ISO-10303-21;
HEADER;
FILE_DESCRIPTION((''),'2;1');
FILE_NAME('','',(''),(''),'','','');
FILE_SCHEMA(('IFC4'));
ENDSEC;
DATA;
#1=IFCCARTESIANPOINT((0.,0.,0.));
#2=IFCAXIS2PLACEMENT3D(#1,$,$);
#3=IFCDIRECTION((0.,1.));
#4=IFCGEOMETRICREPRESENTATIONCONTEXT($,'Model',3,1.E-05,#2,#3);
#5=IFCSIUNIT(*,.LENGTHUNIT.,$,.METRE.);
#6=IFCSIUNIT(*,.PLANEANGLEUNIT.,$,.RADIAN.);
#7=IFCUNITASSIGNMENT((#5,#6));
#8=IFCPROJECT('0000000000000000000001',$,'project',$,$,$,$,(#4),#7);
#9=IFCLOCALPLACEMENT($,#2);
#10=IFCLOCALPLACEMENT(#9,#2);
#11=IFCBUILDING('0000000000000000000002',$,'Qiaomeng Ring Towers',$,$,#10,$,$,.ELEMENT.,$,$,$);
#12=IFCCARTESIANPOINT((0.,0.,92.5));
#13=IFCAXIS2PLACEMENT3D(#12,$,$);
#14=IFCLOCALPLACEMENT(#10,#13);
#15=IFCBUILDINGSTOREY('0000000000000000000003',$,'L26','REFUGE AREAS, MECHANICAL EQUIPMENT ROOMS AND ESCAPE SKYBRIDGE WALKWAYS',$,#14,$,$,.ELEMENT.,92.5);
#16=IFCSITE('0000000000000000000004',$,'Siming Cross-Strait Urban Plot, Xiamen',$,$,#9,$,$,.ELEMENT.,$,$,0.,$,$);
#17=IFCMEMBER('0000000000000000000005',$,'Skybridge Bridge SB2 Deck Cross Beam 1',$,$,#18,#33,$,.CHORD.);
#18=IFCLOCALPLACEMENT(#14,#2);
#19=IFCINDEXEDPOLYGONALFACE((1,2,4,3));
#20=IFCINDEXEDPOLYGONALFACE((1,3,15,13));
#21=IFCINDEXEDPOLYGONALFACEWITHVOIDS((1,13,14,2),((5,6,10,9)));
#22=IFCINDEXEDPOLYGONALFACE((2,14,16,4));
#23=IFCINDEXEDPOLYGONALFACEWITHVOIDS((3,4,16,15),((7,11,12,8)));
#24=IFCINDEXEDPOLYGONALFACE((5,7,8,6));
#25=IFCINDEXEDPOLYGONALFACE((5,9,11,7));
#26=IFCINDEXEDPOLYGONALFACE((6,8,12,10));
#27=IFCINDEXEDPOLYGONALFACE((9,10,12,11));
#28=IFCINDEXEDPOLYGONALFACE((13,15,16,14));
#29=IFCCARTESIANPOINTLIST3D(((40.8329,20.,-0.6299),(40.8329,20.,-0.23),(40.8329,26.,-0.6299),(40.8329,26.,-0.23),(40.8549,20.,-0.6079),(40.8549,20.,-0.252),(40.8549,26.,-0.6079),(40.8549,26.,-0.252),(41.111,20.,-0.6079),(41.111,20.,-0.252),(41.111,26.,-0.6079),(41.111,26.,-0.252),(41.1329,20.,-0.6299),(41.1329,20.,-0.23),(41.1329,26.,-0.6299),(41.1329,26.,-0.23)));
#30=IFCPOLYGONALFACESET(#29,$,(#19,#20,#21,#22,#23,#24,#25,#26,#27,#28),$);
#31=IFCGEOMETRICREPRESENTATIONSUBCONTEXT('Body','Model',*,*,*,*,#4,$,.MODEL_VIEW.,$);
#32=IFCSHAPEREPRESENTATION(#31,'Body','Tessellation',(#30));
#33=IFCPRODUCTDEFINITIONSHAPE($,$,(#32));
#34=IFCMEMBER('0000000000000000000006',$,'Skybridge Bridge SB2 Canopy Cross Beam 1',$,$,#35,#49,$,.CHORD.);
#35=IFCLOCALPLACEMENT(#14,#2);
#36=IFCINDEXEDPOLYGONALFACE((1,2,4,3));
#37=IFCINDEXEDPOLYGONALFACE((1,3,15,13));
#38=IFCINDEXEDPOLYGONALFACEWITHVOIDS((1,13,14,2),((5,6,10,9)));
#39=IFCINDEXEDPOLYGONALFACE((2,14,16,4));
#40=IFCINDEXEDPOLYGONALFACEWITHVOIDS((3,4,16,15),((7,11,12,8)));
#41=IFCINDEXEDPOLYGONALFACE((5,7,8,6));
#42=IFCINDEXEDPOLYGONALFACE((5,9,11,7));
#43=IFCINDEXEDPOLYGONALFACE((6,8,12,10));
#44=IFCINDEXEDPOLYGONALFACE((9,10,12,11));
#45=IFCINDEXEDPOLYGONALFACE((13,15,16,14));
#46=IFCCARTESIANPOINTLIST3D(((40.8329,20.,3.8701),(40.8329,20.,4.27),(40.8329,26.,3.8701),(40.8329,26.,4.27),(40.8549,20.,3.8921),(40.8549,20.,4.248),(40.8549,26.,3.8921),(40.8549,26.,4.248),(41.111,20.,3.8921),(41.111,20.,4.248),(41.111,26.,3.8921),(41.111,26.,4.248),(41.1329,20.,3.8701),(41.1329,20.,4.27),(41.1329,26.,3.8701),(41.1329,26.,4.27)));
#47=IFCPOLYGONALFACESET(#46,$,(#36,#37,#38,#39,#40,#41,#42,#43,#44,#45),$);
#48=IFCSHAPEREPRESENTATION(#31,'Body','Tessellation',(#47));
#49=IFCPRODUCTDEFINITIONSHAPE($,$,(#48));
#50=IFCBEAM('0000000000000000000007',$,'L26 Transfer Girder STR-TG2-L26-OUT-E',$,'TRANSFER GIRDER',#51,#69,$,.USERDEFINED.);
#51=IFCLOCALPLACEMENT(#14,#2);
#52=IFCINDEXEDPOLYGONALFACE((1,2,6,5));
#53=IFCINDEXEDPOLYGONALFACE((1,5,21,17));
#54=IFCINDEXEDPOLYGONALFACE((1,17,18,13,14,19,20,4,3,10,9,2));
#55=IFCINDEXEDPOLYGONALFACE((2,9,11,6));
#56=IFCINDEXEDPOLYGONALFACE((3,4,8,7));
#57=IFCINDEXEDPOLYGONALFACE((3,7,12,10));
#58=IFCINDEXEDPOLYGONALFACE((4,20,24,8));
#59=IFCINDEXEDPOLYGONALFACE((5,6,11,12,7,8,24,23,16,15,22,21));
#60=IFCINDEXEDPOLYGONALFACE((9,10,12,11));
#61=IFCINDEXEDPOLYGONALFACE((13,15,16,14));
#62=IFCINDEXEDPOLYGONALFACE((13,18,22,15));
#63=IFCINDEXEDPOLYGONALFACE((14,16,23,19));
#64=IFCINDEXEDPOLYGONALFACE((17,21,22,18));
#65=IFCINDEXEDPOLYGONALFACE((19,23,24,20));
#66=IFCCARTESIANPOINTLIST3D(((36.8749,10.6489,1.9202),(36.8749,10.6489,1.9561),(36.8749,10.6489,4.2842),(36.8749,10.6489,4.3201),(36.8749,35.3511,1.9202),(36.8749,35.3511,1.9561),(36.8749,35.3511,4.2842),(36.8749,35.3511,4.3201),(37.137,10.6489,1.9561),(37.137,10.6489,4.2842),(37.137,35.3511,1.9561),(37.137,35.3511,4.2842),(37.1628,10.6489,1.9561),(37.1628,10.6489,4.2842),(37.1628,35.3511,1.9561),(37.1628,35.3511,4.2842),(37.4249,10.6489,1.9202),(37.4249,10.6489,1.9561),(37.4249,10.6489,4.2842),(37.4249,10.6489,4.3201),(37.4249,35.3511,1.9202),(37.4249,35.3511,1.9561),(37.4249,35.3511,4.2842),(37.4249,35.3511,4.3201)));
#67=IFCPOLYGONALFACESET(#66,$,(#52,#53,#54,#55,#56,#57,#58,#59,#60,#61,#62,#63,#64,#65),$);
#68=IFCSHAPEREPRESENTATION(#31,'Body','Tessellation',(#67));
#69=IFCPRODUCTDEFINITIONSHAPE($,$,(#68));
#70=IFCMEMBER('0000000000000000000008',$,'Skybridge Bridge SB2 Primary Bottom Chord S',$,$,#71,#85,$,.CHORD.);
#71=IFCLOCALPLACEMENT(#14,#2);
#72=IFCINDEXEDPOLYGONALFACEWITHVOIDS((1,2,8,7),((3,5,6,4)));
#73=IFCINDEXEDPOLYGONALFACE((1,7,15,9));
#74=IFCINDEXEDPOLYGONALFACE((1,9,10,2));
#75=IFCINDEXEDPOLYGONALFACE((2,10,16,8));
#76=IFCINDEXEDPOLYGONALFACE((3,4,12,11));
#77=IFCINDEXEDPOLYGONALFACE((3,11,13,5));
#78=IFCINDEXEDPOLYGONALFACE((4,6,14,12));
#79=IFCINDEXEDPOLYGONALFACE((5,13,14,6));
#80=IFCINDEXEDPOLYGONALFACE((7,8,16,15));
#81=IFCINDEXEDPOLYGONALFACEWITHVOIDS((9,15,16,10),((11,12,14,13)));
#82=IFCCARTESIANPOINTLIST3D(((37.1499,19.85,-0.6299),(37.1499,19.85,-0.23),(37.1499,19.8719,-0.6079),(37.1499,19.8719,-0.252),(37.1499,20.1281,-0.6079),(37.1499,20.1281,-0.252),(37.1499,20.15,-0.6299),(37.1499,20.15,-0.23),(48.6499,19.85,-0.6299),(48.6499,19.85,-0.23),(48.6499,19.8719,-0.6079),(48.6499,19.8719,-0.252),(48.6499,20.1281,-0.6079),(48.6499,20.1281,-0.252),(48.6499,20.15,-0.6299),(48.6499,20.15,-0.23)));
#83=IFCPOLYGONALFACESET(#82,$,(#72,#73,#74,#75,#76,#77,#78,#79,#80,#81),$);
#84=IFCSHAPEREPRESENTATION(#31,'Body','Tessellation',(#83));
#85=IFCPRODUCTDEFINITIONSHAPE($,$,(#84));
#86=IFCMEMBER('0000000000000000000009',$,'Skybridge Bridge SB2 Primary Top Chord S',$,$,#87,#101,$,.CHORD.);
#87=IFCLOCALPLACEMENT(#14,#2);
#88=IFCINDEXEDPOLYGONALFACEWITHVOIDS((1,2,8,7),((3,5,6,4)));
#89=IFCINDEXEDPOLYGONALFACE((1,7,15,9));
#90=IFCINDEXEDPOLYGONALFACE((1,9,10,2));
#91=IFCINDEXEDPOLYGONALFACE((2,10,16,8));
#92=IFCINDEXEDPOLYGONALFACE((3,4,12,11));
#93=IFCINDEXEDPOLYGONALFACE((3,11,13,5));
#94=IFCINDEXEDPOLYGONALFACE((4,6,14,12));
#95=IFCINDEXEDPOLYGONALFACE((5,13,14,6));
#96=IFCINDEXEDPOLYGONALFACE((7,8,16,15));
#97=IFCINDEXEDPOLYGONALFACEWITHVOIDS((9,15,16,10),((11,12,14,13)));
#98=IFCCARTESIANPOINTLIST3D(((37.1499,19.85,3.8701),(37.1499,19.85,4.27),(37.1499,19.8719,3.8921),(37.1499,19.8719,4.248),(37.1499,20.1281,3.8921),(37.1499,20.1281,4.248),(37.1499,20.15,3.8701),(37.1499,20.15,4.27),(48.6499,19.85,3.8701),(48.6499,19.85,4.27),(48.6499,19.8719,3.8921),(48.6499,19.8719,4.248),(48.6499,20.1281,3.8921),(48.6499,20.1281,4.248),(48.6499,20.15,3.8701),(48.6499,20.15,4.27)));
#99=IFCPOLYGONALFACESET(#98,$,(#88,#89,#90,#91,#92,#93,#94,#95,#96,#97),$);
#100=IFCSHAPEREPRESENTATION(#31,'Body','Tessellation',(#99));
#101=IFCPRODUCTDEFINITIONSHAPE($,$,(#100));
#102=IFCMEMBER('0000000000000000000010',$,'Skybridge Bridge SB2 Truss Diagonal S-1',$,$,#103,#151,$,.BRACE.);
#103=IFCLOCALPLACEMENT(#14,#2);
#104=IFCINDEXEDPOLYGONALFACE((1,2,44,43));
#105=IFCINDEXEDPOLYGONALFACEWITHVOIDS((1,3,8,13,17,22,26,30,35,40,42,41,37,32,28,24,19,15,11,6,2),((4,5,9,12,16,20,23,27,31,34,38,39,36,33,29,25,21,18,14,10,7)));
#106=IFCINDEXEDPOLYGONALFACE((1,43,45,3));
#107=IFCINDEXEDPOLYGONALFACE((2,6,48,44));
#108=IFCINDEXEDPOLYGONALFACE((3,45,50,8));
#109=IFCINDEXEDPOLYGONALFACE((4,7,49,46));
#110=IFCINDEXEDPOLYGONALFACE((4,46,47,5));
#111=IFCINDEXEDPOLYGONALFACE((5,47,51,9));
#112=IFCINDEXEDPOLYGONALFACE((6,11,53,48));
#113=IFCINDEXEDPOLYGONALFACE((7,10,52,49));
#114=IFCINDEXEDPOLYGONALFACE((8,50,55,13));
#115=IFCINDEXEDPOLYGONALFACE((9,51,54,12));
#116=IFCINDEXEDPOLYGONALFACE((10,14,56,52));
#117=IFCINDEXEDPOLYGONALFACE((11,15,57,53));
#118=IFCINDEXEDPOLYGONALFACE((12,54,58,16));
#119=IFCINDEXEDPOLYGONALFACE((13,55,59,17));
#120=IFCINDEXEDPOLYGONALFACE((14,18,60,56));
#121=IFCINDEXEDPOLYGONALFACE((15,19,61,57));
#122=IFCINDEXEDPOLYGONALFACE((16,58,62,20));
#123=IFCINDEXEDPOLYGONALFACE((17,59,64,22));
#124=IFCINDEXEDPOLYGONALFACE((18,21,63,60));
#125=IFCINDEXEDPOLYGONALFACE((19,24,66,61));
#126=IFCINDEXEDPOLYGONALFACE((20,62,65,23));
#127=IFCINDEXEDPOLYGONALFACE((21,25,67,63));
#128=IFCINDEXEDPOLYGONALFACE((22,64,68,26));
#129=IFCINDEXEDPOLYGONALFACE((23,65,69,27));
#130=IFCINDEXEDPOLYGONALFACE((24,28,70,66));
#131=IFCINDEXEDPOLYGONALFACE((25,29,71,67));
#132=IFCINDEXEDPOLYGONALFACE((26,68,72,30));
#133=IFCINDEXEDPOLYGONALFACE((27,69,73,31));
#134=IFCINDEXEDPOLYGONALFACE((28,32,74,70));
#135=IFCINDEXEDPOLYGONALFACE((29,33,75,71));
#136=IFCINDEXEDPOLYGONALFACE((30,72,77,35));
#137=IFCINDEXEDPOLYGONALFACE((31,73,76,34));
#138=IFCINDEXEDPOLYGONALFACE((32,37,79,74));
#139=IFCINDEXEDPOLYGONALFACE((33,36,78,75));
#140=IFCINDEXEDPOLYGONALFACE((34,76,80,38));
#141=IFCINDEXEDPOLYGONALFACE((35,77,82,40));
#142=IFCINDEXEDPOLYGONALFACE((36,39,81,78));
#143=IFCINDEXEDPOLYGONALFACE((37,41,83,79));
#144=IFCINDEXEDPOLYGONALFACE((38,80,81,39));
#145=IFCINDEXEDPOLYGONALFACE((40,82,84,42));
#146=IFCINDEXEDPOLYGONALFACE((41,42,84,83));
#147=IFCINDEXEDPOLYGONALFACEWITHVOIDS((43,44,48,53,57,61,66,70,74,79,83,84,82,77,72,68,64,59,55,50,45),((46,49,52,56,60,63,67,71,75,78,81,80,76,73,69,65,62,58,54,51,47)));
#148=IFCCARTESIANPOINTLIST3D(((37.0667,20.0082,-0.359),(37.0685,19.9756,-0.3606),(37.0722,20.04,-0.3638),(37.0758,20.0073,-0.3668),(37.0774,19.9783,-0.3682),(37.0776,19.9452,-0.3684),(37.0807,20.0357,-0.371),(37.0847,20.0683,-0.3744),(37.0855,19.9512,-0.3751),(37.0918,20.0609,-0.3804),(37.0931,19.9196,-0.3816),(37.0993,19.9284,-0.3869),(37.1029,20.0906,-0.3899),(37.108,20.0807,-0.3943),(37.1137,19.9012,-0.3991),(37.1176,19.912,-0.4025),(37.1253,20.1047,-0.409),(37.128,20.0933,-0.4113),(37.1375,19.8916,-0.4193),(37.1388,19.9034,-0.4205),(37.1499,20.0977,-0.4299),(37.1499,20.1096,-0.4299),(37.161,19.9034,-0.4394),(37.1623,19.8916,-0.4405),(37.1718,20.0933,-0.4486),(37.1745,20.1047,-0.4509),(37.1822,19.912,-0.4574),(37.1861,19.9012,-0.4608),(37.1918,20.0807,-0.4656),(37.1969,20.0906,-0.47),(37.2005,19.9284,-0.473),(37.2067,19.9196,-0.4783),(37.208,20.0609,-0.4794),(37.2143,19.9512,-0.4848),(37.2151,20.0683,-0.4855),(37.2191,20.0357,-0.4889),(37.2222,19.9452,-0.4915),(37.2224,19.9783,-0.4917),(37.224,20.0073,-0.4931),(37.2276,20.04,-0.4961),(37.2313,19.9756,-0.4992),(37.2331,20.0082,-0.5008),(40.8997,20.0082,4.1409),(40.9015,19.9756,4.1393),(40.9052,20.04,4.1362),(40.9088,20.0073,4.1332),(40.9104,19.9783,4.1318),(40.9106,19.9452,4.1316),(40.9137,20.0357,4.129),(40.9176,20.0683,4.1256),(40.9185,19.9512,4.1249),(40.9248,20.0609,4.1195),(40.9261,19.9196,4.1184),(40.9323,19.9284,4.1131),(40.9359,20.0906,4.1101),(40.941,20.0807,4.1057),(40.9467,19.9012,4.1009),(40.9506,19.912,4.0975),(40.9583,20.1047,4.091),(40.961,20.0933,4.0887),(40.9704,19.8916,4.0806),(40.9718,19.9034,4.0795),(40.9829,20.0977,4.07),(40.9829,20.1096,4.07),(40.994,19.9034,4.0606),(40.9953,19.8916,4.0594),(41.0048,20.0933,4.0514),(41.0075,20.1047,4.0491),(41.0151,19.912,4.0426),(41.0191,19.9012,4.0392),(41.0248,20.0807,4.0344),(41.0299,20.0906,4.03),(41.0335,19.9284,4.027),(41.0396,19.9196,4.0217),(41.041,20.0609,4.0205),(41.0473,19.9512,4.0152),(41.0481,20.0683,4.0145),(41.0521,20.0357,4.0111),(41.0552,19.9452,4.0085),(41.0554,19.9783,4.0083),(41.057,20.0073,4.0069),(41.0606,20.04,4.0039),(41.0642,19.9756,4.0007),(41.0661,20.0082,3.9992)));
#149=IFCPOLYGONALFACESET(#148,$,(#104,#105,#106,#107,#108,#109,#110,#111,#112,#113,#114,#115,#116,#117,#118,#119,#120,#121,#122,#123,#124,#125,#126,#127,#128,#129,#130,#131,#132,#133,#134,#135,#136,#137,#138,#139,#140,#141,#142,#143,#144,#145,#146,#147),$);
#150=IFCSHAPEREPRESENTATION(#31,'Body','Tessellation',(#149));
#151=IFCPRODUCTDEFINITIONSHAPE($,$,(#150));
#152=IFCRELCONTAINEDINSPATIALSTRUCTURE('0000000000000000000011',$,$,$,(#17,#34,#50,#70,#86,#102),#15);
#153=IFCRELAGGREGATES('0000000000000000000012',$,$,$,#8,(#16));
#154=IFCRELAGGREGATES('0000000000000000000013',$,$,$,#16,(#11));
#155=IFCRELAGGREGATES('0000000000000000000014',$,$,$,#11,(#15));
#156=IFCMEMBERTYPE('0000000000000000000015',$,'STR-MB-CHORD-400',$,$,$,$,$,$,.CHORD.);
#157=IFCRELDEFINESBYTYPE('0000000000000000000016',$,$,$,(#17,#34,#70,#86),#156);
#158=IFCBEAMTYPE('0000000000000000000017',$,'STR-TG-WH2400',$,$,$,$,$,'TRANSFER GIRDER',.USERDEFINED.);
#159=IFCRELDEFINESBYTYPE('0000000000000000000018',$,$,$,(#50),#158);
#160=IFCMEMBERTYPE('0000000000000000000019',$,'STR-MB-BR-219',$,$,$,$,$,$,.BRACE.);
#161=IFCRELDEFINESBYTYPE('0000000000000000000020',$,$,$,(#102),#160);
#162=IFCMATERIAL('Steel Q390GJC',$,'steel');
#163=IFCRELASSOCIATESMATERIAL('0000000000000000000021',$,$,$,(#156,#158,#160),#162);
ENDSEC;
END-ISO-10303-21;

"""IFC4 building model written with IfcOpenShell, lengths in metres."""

from ifc_helpers import new_model, si_unit, direction, frame, origin, origin_2d, place, context, subcontext, project, spatial, hollow_rectangle, hollow_circle, i_section, extrude, source, transform, mapped, material, material_profile, profile_set, type_object, element, save


model = new_model("IFC4")

# Units and contexts
model_context = context("Model", 3, precision=1e-05, world=origin(), true_north=direction((0.0, 1.0)))
body_context = subcontext(model_context, "Body", "Model", "MODEL_VIEW")
ifc_project = project(units=[si_unit("LENGTHUNIT", "METRE"), si_unit("PLANEANGLEUNIT", "RADIAN")], contexts=[model_context])

# Site, building, storey
site_placement = place(None, origin())
site = spatial("IfcSite", under=ifc_project, at=site_placement, Name="Siming Cross-Strait Urban Plot, Xiamen", CompositionType="ELEMENT", RefElevation=0.0)
building_placement = place(site_placement, origin())
building = spatial("IfcBuilding", under=site, at=building_placement, Name="Qiaomeng Ring Towers", CompositionType="ELEMENT")
storey_placement = place(building_placement, frame((0.0, 0.0, 92.5)))
storey = spatial("IfcBuildingStorey", under=building, at=storey_placement, Name="L26", Description="REFUGE AREAS, MECHANICAL EQUIPMENT ROOMS AND ESCAPE SKYBRIDGE WALKWAYS", CompositionType="ELEMENT", Elevation=92.5)

# Members
ifc_material_1 = material(Name="Steel Q390GJC", Category="steel")
ifc_material_profile_1 = material_profile(ifc_material_1, hollow_rectangle(XDim=0.3, YDim=0.3999, WallThickness=0.022, at=origin_2d()), Name="RHS 400x300x22")
ifc_profile_set_1 = profile_set([ifc_material_profile_1], Name="Steel Q390GJC")
member_type_1 = type_object("IfcMemberType", Name="STR-MB-CHORD-400", PredefinedType="CHORD", material=ifc_profile_set_1)
shared_shape_1 = source(origin(), body_context, "Body", "SweptSolid", [
    extrude(hollow_rectangle(XDim=0.3, YDim=0.3999, WallThickness=0.022, at=origin_2d()), origin(), (0.0, 0.0, 1.0), 6.0),
])
for number, where, z_axis, x_axis, name in (
    (1, (40.9829, 20.0, -0.4299), (0.0, 1.0, 0.0), (-1.0, 0.0, 0.0), "Skybridge Bridge SB2 Deck Cross Beam 1"),
    (2, (40.9829, 20.0, 4.0701), (0.0, 1.0, 0.0), (-1.0, 0.0, 0.0), "Skybridge Bridge SB2 Canopy Cross Beam 1"),
):
    element("IfcMember", number, at=place(storey_placement, frame(where, z_axis=z_axis, x_axis=x_axis)), inside=storey, type_object=member_type_1, Name=name, PredefinedType="CHORD", context=body_context, shape_type="MappedRepresentation", body=[
        mapped(shared_shape_1, transform((0.0, 0.0, 0.0), x_axis=(1.0, 0.0, 0.0), y_axis=(0.0, 1.0, 0.0), z_axis=(0.0, 0.0, 1.0), scale=1.0)),
    ])

# Beam
ifc_material_profile_2 = material_profile(ifc_material_1, i_section(OverallWidth=0.55, OverallDepth=2.3999, WebThickness=0.0259, FlangeThickness=0.0359, at=origin_2d()), Name="WH 2400x550x26x36")
ifc_profile_set_2 = profile_set([ifc_material_profile_2], Name="Steel Q390GJC")
beam_type = type_object("IfcBeamType", Name="STR-TG-WH2400", ElementType="TRANSFER GIRDER", PredefinedType="USERDEFINED", material=ifc_profile_set_2)
shared_shape_2 = source(origin(), body_context, "Body", "SweptSolid", [
    extrude(i_section(OverallWidth=0.55, OverallDepth=2.3999, WebThickness=0.0259, FlangeThickness=0.0359, at=origin_2d()), origin(), (0.0, 0.0, 1.0), 24.7021),
])
beam_placement = place(storey_placement, frame((37.1499, 10.6489, 3.1201), z_axis=(0.0, 1.0, 0.0), x_axis=(-1.0, 0.0, 0.0)))
element("IfcBeam", 3, at=beam_placement, inside=storey, type_object=beam_type, Name="L26 Transfer Girder STR-TG2-L26-OUT-E", ObjectType="TRANSFER GIRDER", PredefinedType="USERDEFINED", context=body_context, shape_type="MappedRepresentation", body=[
    mapped(shared_shape_2, transform((0.0, 0.0, 0.0), x_axis=(1.0, 0.0, 0.0), y_axis=(0.0, 1.0, 0.0), z_axis=(0.0, 0.0, 1.0), scale=1.0)),
])

# Members
shared_shape_3 = source(origin(), body_context, "Body", "SweptSolid", [
    extrude(hollow_rectangle(XDim=0.3, YDim=0.3999, WallThickness=0.022, at=origin_2d()), origin(), (0.0, 0.0, 1.0), 11.5),
])
for number, where, z_axis, x_axis, name in (
    (4, (37.1499, 20.0, -0.4299), (1.0, 0.0, 0.0), (0.0, 1.0, 0.0), "Skybridge Bridge SB2 Primary Bottom Chord S"),
    (5, (37.1499, 20.0, 4.0701), (1.0, 0.0, 0.0), (0.0, 1.0, 0.0), "Skybridge Bridge SB2 Primary Top Chord S"),
):
    element("IfcMember", number, at=place(storey_placement, frame(where, z_axis=z_axis, x_axis=x_axis)), inside=storey, type_object=member_type_1, Name=name, PredefinedType="CHORD", context=body_context, shape_type="MappedRepresentation", body=[
        mapped(shared_shape_3, transform((0.0, 0.0, 0.0), x_axis=(1.0, 0.0, 0.0), y_axis=(0.0, 1.0, 0.0), z_axis=(0.0, 0.0, 1.0), scale=1.0)),
    ])
ifc_material_profile_3 = material_profile(ifc_material_1, hollow_circle(Radius=0.1096, WallThickness=0.012, at=origin_2d()), Name="CHS 219x12")
ifc_profile_set_3 = profile_set([ifc_material_profile_3], Name="Steel Q390GJC")
member_type_2 = type_object("IfcMemberType", Name="STR-MB-BR-219", PredefinedType="BRACE", material=ifc_profile_set_3)
shared_shape_4 = source(origin(), body_context, "Body", "SweptSolid", [
    extrude(hollow_circle(Radius=0.1096, WallThickness=0.012, at=origin_2d()), origin(), (0.0, 0.0, 1.0), 5.9111),
])
member_1_placement = place(storey_placement, frame((37.1499, 20.0, -0.4299), z_axis=(0.648435, 0.0, 0.76127), x_axis=(0.0, 1.0, 0.0)))
element("IfcMember", 6, at=member_1_placement, inside=storey, type_object=member_type_2, Name="Skybridge Bridge SB2 Truss Diagonal S-1", PredefinedType="BRACE", context=body_context, shape_type="MappedRepresentation", body=[
    mapped(shared_shape_4, transform((0.0, 0.0, 0.0), x_axis=(1.0, 0.0, 0.0), y_axis=(0.0, 1.0, 0.0), z_axis=(0.0, 0.0, 1.0), scale=1.0)),
])

save(model, "model.ifc")
